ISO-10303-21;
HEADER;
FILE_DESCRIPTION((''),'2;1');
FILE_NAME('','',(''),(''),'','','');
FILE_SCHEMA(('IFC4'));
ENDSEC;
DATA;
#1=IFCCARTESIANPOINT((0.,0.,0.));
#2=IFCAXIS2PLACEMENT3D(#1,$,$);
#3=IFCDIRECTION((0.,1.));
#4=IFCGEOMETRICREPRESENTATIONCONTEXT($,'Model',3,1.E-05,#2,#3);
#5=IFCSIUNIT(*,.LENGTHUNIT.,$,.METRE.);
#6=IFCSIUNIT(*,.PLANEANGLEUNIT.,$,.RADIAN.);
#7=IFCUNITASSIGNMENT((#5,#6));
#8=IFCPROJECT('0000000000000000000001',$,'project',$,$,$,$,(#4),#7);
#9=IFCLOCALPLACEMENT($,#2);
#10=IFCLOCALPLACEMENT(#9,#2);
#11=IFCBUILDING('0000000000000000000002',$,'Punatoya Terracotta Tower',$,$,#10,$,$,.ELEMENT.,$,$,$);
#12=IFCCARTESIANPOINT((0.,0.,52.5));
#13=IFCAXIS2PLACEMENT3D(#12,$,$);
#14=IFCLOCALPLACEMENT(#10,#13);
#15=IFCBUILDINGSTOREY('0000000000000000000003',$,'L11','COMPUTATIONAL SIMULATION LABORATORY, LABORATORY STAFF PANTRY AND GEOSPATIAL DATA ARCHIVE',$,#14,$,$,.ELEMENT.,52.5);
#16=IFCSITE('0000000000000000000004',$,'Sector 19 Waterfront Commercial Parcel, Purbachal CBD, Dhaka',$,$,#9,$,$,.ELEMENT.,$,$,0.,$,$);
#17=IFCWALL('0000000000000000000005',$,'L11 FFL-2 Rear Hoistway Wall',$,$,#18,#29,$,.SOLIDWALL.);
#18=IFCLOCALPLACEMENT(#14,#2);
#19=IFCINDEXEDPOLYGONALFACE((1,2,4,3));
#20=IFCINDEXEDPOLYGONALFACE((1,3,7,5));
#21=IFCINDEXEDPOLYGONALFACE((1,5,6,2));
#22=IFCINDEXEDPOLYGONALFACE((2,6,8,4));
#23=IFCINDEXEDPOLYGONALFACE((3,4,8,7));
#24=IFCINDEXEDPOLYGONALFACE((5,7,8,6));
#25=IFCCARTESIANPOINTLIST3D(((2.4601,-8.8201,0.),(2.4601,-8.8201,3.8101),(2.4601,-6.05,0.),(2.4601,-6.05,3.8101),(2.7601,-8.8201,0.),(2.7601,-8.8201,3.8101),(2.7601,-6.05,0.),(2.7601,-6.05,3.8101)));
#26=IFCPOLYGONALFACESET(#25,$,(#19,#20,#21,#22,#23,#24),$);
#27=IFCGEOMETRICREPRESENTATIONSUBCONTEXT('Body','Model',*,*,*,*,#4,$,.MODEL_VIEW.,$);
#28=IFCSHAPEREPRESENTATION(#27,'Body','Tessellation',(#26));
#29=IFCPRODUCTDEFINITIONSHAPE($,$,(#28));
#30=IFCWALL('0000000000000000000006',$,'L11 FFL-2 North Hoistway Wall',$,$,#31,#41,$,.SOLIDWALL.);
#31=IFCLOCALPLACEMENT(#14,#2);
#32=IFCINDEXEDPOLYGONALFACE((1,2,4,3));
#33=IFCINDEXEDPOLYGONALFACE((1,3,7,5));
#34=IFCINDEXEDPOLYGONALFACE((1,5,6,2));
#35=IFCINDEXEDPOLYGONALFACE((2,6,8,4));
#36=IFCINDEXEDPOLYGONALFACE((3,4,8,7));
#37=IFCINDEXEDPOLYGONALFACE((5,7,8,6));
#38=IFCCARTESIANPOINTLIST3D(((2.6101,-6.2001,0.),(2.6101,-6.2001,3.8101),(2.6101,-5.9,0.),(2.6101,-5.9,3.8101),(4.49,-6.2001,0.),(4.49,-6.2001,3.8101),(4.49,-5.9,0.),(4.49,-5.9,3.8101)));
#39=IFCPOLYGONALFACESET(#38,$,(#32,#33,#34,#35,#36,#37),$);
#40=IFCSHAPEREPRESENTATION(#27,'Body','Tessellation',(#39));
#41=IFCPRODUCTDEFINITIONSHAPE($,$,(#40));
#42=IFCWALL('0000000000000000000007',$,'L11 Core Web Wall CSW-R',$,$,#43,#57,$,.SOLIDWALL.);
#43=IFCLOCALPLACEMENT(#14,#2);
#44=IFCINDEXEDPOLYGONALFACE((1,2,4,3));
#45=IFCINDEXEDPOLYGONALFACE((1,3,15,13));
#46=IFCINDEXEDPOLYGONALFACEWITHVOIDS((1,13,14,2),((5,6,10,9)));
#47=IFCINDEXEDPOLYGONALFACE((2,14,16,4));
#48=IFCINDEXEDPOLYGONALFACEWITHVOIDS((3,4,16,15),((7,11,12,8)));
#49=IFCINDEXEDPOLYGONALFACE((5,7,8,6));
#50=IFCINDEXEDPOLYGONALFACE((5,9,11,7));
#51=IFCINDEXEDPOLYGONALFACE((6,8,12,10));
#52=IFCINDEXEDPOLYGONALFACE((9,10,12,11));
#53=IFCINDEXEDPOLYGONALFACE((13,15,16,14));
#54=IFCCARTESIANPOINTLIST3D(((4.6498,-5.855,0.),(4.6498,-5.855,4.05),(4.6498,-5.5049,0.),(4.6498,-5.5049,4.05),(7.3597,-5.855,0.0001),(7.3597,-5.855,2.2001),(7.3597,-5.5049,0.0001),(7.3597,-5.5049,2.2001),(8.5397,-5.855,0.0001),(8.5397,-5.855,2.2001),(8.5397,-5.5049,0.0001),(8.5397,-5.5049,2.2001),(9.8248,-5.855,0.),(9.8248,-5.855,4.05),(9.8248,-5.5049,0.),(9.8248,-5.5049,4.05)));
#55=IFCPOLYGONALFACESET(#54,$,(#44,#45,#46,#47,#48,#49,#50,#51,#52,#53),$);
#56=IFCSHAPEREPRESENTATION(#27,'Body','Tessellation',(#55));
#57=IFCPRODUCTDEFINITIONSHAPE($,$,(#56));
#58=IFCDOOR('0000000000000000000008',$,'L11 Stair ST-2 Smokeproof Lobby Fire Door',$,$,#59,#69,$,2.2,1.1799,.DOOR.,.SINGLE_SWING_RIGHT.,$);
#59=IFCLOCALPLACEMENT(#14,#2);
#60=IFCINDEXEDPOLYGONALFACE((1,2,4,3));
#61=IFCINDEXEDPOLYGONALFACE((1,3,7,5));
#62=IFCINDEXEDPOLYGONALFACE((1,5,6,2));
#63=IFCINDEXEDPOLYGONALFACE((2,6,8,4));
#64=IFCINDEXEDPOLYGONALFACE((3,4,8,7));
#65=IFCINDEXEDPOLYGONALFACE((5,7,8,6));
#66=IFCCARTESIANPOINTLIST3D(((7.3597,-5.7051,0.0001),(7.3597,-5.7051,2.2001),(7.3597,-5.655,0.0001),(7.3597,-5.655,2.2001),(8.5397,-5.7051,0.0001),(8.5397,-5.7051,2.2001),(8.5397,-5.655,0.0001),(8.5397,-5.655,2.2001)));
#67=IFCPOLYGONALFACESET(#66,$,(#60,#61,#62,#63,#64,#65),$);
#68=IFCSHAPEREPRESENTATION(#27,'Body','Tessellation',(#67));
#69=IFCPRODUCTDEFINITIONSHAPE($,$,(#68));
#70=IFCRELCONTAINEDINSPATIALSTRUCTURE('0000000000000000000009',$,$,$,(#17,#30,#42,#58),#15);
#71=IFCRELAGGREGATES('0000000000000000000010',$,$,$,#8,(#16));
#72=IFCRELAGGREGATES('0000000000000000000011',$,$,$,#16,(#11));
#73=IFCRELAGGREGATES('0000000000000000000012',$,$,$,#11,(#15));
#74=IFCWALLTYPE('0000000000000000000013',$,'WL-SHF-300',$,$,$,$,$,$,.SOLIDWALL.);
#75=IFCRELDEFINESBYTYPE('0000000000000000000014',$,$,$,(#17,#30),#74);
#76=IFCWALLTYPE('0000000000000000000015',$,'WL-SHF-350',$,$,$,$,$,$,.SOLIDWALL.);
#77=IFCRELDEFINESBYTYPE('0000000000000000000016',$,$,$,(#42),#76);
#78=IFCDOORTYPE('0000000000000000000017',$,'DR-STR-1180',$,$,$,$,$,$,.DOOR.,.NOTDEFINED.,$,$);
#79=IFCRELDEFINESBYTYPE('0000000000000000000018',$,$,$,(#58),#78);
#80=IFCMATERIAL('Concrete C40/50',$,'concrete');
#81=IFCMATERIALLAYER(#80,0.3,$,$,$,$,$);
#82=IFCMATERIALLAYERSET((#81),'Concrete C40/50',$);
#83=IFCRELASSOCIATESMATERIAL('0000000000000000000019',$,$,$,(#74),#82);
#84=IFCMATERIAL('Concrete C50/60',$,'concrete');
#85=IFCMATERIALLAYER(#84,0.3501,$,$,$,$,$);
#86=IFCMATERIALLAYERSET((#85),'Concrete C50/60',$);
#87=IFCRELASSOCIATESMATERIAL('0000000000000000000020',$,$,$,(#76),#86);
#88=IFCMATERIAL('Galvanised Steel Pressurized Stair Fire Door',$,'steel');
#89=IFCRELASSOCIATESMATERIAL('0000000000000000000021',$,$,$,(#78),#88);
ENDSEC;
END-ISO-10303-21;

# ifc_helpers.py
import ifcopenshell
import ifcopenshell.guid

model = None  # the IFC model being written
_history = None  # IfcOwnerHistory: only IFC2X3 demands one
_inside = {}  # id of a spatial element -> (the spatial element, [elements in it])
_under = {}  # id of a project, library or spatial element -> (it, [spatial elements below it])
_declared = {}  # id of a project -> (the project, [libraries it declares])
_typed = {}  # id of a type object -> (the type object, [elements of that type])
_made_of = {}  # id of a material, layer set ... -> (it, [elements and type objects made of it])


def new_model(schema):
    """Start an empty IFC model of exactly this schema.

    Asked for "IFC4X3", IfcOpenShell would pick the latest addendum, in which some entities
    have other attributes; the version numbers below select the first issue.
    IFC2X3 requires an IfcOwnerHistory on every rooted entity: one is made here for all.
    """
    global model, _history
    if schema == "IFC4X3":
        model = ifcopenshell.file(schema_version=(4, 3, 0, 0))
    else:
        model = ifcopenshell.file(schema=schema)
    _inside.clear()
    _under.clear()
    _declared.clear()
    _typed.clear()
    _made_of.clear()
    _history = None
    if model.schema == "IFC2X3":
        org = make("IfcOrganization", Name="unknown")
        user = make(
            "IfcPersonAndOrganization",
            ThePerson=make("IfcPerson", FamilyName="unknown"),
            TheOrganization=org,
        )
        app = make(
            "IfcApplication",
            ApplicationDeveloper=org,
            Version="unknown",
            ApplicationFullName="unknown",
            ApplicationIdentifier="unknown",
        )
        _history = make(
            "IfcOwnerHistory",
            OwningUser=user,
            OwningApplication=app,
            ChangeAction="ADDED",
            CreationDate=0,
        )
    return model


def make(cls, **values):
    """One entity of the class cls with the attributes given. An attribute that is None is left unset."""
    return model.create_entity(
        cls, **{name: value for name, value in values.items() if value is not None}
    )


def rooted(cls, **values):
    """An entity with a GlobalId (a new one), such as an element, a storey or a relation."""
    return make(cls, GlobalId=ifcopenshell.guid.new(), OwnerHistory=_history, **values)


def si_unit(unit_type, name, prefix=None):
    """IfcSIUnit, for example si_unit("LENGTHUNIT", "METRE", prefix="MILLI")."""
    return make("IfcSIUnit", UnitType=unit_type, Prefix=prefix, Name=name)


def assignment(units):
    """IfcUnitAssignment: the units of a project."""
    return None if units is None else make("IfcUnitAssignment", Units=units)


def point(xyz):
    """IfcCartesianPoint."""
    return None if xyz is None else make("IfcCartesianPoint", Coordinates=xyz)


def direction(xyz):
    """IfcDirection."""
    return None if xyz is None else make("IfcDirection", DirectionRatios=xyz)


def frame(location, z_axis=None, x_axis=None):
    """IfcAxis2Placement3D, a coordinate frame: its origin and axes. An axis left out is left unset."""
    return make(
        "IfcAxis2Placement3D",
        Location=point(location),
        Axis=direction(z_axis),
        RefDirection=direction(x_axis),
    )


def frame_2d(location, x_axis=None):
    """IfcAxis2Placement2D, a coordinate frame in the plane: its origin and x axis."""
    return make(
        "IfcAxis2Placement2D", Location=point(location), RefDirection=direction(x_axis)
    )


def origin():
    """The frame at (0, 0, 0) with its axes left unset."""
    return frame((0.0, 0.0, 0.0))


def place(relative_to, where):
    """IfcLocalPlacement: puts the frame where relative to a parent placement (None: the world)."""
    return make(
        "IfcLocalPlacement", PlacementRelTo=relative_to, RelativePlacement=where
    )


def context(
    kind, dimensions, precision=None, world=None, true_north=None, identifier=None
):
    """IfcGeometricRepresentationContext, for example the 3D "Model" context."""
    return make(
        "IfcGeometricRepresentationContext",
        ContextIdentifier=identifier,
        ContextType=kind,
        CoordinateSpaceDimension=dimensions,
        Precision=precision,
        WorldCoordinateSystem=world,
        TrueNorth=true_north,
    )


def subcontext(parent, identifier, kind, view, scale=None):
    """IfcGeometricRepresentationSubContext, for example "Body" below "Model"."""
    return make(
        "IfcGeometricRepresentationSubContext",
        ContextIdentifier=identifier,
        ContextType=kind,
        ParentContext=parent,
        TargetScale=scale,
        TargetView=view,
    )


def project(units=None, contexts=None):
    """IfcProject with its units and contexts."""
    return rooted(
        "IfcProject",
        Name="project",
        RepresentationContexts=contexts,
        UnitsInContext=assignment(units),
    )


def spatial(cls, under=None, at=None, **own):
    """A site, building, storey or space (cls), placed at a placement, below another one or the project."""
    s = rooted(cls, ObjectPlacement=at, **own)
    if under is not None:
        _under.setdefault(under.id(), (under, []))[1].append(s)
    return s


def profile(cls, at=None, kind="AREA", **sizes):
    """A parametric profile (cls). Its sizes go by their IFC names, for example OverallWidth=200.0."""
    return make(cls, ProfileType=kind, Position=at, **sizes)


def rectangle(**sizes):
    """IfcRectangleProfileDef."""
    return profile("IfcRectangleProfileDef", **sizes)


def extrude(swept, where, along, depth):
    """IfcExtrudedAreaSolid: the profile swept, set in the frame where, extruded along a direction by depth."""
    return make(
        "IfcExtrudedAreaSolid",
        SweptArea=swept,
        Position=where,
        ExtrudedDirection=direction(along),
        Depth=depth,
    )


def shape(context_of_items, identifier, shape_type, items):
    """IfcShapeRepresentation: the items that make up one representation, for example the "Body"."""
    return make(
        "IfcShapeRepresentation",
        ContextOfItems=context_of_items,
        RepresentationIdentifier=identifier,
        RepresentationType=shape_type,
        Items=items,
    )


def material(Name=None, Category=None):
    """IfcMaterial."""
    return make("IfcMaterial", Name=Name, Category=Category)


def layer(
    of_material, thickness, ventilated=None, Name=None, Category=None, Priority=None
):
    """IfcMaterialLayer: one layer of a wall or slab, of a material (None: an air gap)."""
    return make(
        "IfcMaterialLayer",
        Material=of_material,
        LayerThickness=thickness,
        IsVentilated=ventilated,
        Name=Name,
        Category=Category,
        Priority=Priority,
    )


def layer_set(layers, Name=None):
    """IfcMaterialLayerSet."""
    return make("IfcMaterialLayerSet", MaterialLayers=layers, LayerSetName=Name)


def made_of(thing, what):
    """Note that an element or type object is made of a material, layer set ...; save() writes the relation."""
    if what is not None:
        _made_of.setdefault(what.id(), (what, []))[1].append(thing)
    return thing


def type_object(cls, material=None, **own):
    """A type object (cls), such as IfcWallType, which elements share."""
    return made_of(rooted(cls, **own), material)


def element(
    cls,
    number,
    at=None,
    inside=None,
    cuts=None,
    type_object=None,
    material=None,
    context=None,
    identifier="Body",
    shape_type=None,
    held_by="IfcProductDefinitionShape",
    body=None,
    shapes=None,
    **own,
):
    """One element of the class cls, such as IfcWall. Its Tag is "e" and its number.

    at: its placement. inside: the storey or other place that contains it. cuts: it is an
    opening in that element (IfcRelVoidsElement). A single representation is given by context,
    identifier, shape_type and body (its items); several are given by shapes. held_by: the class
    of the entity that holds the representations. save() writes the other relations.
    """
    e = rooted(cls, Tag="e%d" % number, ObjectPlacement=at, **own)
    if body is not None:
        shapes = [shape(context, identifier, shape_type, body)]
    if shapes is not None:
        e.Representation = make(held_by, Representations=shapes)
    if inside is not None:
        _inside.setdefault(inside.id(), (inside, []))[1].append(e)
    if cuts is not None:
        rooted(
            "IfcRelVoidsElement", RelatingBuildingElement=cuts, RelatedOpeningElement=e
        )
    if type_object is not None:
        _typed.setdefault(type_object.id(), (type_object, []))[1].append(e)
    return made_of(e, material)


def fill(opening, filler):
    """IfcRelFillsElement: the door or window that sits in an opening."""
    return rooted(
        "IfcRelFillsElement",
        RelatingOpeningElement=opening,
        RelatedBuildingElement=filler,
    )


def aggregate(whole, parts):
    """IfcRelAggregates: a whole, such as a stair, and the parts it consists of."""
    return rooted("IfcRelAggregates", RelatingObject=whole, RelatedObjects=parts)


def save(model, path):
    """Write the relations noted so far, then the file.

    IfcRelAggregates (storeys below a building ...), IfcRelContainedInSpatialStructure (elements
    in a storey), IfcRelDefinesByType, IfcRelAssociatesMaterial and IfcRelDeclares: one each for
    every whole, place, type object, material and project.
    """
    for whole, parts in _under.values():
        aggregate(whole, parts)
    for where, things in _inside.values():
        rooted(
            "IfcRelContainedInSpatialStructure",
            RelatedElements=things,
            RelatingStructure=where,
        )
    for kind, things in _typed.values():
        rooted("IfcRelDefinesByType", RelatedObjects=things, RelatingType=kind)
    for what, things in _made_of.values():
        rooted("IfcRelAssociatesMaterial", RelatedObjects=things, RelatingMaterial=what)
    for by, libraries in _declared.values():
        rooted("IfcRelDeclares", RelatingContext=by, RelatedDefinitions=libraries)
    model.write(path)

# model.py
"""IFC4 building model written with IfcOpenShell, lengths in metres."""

from ifc_helpers import new_model, si_unit, direction, frame, frame_2d, origin, place, context, subcontext, project, spatial, rectangle, extrude, material, layer, layer_set, type_object, element, fill, save


model = new_model("IFC4")

# Units and contexts
model_context = context("Model", 3, precision=1e-05, world=origin(), true_north=direction((0.0, 1.0)))
body_context = subcontext(model_context, "Body", "Model", "MODEL_VIEW")
ifc_project = project(units=[si_unit("LENGTHUNIT", "METRE"), si_unit("PLANEANGLEUNIT", "RADIAN")], contexts=[model_context])

# Site, building, storey
site_placement = place(None, origin())
site = spatial("IfcSite", under=ifc_project, at=site_placement, Name="Sector 19 Waterfront Commercial Parcel, Purbachal CBD, Dhaka", CompositionType="ELEMENT", RefElevation=0.0)
building_placement = place(site_placement, origin())
building = spatial("IfcBuilding", under=site, at=building_placement, Name="Punatoya Terracotta Tower", CompositionType="ELEMENT")
storey_placement = place(building_placement, frame((0.0, 0.0, 52.5)))
storey = spatial("IfcBuildingStorey", under=building, at=storey_placement, Name="L11", Description="COMPUTATIONAL SIMULATION LABORATORY, LABORATORY STAFF PANTRY AND GEOSPATIAL DATA ARCHIVE", CompositionType="ELEMENT", Elevation=52.5)

# Shared definitions
ifc_material_1 = material(Name="Concrete C40/50", Category="concrete")

# Shared definitions
ifc_layer_1 = layer(ifc_material_1, 0.3)
ifc_layer_set_1 = layer_set([ifc_layer_1], Name="Concrete C40/50")
wall_type_1 = type_object("IfcWallType", Name="WL-SHF-300", PredefinedType="SOLIDWALL", material=ifc_layer_set_1)

# Walls
wall_1_placement = place(storey_placement, frame((2.6101, -8.8201, 0.0), z_axis=(0.0, 0.0, 1.0), x_axis=(0.0, 1.0, 0.0)))
element("IfcWall", 1, at=wall_1_placement, inside=storey, type_object=wall_type_1, Name="L11 FFL-2 Rear Hoistway Wall", PredefinedType="SOLIDWALL", context=body_context, shape_type="SweptSolid", body=[
    extrude(rectangle(XDim=2.77, YDim=0.3, at=frame_2d((1.385, 0.0))), origin(), (0.0, 0.0, 1.0), 3.8101),
])
wall_2_placement = place(storey_placement, frame((2.6101, -6.05, 0.0), z_axis=(0.0, 0.0, 1.0), x_axis=(1.0, 0.0, 0.0)))
element("IfcWall", 2, at=wall_2_placement, inside=storey, type_object=wall_type_1, Name="L11 FFL-2 North Hoistway Wall", PredefinedType="SOLIDWALL", context=body_context, shape_type="SweptSolid", body=[
    extrude(rectangle(XDim=1.8799, YDim=0.3, at=frame_2d((0.9399, 0.0))), origin(), (0.0, 0.0, 1.0), 3.8101),
])

# Wall, opening, door
ifc_material_2 = material(Name="Concrete C50/60", Category="concrete")
ifc_layer_2 = layer(ifc_material_2, 0.3501)
ifc_layer_set_2 = layer_set([ifc_layer_2], Name="Concrete C50/60")
wall_type_2 = type_object("IfcWallType", Name="WL-SHF-350", PredefinedType="SOLIDWALL", material=ifc_layer_set_2)
wall_3_placement = place(storey_placement, frame((4.6499, -5.6799, 0.0), z_axis=(0.0, 0.0, 1.0), x_axis=(1.0, 0.0, 0.0)))
wall_3 = element("IfcWall", 3, at=wall_3_placement, inside=storey, type_object=wall_type_2, Name="L11 Core Web Wall CSW-R", PredefinedType="SOLIDWALL", context=body_context, shape_type="SweptSolid", body=[
    extrude(rectangle(XDim=5.175, YDim=0.3501, at=frame_2d((2.5874, 0.0))), origin(), (0.0, 0.0, 1.0), 4.05),
])
opening_1_placement = place(wall_3_placement, frame((2.71, 0.0, 0.0)))
opening_1 = element("IfcOpeningElement", 4, at=opening_1_placement, cuts=wall_3, PredefinedType="OPENING", context=body_context, shape_type="SweptSolid", body=[
    extrude(rectangle(XDim=1.1799, YDim=2.2, at=frame_2d((0.5898, 1.1001))), frame((0.0, 0.1851, 0.0), z_axis=(0.0, -1.0, 0.0), x_axis=(1.0, 0.0, 0.0)), (0.0, 0.0, 1.0), 0.3701),
])
ifc_material_3 = material(Name="Galvanised Steel Pressurized Stair Fire Door", Category="steel")
door_type_1 = type_object("IfcDoorType", Name="DR-STR-1180", OperationType="NOTDEFINED", PredefinedType="DOOR", material=ifc_material_3)
door_1_placement = place(opening_1_placement, origin())
door_1 = element("IfcDoor", 5, at=door_1_placement, inside=storey, type_object=door_type_1, Name="L11 Stair ST-2 Smokeproof Lobby Fire Door", OperationType="SINGLE_SWING_RIGHT", OverallHeight=2.2, OverallWidth=1.1799, PredefinedType="DOOR", context=body_context, shape_type="SweptSolid", body=[
    extrude(rectangle(XDim=1.1799, YDim=2.2, at=frame_2d((0.5898, 1.1001))), frame((0.0, 0.0249, 0.0), z_axis=(0.0, -1.0, 0.0), x_axis=(1.0, 0.0, 0.0)), (0.0, 0.0, 1.0), 0.05),
])
fill(opening_1, door_1)

save(model, "model.ifc")
